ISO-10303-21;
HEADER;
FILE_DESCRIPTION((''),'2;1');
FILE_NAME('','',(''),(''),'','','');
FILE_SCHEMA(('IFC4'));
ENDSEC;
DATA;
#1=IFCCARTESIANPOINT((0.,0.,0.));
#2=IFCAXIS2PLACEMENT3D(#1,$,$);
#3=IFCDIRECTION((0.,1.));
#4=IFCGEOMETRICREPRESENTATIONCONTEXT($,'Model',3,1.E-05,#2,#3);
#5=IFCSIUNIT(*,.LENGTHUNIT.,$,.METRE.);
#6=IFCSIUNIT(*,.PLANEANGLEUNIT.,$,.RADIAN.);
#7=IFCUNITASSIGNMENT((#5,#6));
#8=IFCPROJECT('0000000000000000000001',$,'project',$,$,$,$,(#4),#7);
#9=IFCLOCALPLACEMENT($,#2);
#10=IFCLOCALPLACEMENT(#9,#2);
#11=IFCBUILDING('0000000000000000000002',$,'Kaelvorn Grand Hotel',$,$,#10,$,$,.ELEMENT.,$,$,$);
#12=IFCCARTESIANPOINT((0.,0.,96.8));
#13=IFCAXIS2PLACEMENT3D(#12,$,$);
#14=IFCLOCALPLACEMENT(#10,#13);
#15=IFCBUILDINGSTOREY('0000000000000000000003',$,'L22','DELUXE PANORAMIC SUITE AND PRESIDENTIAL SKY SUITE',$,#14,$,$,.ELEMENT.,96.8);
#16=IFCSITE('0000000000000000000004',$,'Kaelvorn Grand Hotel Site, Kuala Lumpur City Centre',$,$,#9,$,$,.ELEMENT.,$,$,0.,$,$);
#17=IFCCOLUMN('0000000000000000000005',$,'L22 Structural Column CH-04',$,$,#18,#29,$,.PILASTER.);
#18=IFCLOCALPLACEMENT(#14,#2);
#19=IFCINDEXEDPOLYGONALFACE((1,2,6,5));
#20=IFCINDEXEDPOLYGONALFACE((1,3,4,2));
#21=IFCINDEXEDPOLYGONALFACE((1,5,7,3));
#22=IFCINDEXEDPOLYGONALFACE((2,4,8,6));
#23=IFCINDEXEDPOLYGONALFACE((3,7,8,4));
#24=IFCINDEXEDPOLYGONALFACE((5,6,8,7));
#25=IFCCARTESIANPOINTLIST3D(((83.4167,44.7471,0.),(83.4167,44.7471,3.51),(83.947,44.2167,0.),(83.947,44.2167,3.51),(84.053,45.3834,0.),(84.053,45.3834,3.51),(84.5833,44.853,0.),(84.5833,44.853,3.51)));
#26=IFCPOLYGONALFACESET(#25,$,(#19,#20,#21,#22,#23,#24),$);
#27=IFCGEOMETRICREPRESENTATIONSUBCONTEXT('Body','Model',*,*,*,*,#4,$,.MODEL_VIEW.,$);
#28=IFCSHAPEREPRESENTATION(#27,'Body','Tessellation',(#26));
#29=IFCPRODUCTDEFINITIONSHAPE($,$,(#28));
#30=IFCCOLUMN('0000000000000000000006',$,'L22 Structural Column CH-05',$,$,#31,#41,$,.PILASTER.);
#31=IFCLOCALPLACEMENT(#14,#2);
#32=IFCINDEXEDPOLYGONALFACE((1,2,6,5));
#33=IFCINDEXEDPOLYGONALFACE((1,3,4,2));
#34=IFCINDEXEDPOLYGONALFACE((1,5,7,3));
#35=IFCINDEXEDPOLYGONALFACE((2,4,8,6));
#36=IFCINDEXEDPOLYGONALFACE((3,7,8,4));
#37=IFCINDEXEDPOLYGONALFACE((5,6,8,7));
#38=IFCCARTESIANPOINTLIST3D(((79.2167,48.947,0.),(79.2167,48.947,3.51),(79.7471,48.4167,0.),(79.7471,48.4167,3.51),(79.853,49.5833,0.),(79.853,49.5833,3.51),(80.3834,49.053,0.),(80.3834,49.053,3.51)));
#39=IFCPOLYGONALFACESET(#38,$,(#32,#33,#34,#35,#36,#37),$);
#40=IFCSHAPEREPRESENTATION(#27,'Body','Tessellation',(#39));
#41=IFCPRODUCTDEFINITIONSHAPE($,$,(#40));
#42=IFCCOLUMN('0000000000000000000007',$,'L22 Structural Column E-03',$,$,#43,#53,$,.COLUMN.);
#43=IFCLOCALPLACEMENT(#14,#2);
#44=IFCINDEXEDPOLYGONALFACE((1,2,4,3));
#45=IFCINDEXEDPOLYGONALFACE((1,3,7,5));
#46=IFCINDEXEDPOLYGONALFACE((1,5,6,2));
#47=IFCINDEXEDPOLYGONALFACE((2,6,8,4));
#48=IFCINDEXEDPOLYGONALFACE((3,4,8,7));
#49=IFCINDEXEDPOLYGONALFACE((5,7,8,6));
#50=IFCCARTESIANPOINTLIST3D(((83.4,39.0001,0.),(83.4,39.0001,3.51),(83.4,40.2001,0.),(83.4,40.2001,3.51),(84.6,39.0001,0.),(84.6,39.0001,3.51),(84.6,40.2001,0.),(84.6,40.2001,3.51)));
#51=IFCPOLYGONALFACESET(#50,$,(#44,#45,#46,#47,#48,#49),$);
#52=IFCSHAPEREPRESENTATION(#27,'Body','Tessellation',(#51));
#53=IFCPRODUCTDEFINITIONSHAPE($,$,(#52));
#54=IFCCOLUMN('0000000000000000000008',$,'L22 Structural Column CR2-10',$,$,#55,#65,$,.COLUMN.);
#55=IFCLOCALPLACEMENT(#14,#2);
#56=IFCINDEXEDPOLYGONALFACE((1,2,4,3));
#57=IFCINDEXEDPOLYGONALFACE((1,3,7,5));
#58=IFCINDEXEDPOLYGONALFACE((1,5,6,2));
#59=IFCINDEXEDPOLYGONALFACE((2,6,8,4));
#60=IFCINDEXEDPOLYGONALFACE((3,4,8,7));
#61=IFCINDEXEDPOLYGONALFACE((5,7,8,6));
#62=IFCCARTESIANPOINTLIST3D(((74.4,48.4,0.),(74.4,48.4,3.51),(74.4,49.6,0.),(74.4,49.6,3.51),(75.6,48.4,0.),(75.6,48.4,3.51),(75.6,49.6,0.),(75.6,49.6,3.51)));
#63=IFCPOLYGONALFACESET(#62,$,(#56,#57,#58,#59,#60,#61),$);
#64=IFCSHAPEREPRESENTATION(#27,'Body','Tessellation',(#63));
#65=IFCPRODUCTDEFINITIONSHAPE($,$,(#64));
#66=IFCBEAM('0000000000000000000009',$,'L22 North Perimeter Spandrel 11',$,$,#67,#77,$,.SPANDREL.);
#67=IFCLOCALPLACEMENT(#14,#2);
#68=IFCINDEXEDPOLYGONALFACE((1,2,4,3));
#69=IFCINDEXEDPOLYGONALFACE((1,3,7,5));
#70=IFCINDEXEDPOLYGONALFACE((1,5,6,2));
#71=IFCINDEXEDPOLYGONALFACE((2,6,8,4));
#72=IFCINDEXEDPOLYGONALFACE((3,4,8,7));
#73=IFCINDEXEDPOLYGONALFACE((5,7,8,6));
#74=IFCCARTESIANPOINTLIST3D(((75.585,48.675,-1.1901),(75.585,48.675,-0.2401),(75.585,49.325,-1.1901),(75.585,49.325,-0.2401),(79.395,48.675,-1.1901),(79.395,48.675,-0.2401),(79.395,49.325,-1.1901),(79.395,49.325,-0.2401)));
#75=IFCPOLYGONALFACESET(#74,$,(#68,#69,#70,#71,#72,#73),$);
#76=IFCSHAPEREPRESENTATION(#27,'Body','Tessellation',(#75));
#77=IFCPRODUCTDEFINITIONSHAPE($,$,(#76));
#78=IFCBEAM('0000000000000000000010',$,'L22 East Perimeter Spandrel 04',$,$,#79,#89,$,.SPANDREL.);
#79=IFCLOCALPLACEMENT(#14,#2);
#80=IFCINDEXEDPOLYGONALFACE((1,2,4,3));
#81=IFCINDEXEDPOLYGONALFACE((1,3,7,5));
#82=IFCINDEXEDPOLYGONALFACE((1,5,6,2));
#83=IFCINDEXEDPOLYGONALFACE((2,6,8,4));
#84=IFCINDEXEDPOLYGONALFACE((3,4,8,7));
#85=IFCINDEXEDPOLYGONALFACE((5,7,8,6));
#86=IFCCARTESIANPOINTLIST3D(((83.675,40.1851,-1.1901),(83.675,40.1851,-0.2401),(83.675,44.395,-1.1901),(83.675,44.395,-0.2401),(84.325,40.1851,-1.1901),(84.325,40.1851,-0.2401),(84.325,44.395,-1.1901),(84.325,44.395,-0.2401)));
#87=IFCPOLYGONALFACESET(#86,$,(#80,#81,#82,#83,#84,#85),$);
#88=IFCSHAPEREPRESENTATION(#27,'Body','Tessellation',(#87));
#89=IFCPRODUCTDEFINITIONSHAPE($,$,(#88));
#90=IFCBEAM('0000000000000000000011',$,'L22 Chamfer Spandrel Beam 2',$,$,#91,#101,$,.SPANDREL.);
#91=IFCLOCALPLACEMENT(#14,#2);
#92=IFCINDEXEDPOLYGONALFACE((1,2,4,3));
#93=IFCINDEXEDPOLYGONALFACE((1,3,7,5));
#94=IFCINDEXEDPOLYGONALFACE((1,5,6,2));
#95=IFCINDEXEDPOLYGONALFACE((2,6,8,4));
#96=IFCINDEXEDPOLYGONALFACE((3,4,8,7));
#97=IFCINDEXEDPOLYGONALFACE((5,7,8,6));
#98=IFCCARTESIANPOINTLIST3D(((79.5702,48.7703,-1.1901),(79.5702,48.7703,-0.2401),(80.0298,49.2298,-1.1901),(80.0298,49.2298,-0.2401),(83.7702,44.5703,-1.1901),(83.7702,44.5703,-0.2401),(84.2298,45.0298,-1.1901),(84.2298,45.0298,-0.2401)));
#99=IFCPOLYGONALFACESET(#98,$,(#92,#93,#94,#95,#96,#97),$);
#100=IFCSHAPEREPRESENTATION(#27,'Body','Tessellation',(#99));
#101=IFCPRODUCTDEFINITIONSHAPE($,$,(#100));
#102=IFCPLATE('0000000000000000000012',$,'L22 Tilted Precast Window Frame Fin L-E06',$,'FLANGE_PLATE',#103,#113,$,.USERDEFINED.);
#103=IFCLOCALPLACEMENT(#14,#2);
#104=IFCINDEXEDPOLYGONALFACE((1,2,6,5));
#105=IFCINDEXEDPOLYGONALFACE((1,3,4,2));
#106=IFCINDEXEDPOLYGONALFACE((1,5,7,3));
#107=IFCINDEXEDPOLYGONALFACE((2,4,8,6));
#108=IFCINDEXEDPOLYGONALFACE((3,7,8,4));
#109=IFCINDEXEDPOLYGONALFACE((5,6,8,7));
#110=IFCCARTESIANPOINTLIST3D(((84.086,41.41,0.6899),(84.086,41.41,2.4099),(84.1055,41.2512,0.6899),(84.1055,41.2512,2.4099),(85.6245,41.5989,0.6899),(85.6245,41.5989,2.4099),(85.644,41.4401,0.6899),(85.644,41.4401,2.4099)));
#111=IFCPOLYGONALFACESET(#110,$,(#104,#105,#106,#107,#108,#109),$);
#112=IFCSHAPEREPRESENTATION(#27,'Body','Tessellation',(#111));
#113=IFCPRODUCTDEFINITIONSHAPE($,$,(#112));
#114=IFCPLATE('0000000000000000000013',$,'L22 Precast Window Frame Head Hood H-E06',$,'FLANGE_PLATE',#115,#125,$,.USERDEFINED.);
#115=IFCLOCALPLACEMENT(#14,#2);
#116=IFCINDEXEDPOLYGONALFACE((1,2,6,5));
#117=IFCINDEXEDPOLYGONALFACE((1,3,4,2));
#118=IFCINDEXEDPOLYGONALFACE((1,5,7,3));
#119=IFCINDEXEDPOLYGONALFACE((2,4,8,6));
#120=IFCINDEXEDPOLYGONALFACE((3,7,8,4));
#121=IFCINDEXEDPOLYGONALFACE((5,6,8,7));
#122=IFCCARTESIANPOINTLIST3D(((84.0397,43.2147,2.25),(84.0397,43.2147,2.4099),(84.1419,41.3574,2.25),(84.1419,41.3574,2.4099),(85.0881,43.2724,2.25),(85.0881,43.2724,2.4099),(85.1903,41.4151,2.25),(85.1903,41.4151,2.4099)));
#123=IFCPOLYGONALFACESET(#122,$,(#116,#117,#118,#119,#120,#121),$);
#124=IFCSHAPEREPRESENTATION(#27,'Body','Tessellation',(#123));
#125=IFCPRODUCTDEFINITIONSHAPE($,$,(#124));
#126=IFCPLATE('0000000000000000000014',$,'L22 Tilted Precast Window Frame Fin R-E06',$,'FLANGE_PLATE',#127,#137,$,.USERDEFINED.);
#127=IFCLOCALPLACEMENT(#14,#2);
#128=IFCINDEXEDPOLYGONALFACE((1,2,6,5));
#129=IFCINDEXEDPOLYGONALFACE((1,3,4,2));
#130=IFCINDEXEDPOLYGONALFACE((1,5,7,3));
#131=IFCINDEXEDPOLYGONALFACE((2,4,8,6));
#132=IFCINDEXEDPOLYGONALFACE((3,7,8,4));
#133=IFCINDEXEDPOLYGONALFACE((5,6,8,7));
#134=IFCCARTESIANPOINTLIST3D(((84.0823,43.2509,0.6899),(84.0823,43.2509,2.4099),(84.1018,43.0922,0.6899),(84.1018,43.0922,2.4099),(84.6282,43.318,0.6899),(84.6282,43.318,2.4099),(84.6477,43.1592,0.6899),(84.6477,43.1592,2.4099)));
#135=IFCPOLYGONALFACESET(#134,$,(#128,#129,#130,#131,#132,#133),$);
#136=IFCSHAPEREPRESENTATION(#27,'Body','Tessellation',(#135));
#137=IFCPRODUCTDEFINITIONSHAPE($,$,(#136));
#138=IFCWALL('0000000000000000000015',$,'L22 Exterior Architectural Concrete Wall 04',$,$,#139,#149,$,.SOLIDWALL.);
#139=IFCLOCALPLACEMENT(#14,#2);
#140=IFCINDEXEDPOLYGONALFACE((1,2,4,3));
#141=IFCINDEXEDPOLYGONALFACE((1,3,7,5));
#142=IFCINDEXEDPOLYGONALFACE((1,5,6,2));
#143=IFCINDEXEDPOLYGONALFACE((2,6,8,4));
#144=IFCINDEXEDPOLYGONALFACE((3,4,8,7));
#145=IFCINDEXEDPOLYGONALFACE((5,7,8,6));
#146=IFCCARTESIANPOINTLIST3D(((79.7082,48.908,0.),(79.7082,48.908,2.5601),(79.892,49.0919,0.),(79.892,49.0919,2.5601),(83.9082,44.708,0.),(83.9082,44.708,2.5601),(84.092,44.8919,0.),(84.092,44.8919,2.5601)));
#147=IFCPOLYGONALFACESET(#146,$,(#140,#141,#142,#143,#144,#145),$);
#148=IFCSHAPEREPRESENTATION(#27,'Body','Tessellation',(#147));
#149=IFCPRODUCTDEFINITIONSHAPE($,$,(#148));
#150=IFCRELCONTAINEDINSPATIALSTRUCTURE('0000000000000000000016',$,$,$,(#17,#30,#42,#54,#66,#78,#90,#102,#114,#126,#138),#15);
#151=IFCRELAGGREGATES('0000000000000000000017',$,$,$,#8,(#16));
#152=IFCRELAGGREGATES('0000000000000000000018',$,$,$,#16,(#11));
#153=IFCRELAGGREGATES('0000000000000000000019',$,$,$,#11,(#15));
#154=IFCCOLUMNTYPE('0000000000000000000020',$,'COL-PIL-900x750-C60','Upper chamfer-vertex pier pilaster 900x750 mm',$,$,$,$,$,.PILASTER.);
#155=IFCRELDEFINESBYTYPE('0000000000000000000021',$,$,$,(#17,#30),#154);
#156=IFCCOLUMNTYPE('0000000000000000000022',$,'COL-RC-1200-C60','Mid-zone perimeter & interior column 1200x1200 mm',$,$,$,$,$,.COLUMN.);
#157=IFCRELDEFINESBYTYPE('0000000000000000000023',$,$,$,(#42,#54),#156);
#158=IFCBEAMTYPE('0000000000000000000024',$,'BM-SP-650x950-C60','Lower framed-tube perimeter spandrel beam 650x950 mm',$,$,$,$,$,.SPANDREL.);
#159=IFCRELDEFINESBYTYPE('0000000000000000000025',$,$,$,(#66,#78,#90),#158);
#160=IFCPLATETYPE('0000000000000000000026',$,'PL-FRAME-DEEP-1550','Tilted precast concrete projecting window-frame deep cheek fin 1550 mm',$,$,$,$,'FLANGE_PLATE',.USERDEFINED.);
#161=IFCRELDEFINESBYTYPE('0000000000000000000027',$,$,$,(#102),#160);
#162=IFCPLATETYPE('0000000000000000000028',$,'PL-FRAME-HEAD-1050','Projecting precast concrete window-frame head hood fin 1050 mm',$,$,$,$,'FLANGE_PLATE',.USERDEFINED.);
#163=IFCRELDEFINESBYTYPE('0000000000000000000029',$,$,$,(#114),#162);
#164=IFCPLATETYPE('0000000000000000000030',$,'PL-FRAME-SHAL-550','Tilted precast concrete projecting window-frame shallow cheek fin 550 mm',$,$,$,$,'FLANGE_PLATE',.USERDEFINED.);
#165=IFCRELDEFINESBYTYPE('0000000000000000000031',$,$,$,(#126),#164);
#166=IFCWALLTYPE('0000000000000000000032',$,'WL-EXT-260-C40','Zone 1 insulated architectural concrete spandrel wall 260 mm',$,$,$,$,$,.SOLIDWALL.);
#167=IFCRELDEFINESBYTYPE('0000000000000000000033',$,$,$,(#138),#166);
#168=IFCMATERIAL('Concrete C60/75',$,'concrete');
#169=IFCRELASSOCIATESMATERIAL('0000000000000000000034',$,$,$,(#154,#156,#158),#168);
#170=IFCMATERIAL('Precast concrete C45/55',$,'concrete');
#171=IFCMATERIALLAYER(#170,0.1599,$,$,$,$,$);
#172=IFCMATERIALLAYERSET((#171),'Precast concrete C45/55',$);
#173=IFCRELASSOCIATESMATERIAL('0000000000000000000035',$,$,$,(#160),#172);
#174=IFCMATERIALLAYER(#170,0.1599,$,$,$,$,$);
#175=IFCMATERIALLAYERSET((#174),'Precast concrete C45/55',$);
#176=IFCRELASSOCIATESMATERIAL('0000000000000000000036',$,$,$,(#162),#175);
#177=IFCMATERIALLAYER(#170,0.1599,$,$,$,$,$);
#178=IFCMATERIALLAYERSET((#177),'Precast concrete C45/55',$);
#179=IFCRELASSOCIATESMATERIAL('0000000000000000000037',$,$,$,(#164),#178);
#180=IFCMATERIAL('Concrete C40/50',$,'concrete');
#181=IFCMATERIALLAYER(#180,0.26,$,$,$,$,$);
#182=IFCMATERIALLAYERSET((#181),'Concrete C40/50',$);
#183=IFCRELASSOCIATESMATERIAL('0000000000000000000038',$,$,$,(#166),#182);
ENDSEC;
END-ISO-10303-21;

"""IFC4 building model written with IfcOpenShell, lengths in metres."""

from ifc_helpers import new_model, si_unit, direction, frame, frame_2d, origin, origin_2d, place, context, subcontext, project, spatial, rectangle, extrude, material, layer, layer_set, material_profile, profile_set, type_object, element, save


model = new_model("IFC4")

# Units and contexts
model_context = context("Model", 3, precision=1e-05, world=origin(), true_north=direction((0.0, 1.0)))
body_context = subcontext(model_context, "Body", "Model", "MODEL_VIEW")
ifc_project = project(units=[si_unit("LENGTHUNIT", "METRE"), si_unit("PLANEANGLEUNIT", "RADIAN")], contexts=[model_context])

# Site, building, storey
site_placement = place(None, origin())
site = spatial("IfcSite", under=ifc_project, at=site_placement, Name="Kaelvorn Grand Hotel Site, Kuala Lumpur City Centre", CompositionType="ELEMENT", RefElevation=0.0)
building_placement = place(site_placement, origin())
building = spatial("IfcBuilding", under=site, at=building_placement, Name="Kaelvorn Grand Hotel", CompositionType="ELEMENT")
storey_placement = place(building_placement, frame((0.0, 0.0, 96.8)))
storey = spatial("IfcBuildingStorey", under=building, at=storey_placement, Name="L22", Description="DELUXE PANORAMIC SUITE AND PRESIDENTIAL SKY SUITE", CompositionType="ELEMENT", Elevation=96.8)

# Columns
ifc_material_1 = material(Name="Concrete C60/75", Category="concrete")
ifc_material_profile_1 = material_profile(ifc_material_1, rectangle(XDim=0.8999, YDim=0.75, at=origin_2d()), Name="RC PILASTER 900x750")
ifc_profile_set_1 = profile_set([ifc_material_profile_1], Name="Concrete C60/75")
column_type_1 = type_object("IfcColumnType", Name="COL-PIL-900x750-C60", Description="Upper chamfer-vertex pier pilaster 900x750 mm", PredefinedType="PILASTER", material=ifc_profile_set_1)
for number, where, z_axis, x_axis, name in (
    (1, (84.0, 44.8, 0.0), (0.0, 0.0, 1.0), (0.707107, 0.707107, 0.0), "L22 Structural Column CH-04"),
    (2, (79.8, 49.0, 0.0), (0.0, 0.0, 1.0), (0.707107, 0.707107, 0.0), "L22 Structural Column CH-05"),
):
    element("IfcColumn", number, at=place(storey_placement, frame(where, z_axis=z_axis, x_axis=x_axis)), inside=storey, type_object=column_type_1, Name=name, PredefinedType="PILASTER", context=body_context, shape_type="SweptSolid", body=[
        extrude(rectangle(XDim=0.8999, YDim=0.75, at=origin_2d()), origin(), (0.0, 0.0, 1.0), 3.51),
    ])
ifc_material_profile_2 = material_profile(ifc_material_1, rectangle(XDim=1.2, YDim=1.2, at=origin_2d()), Name="RC COL 1200x1200")
ifc_profile_set_2 = profile_set([ifc_material_profile_2], Name="Concrete C60/75")
column_type_2 = type_object("IfcColumnType", Name="COL-RC-1200-C60", Description="Mid-zone perimeter & interior column 1200x1200 mm", PredefinedType="COLUMN", material=ifc_profile_set_2)
for number, where, z_axis, x_axis, name in (
    (3, (84.0, 39.6001, 0.0), (0.0, 0.0, 1.0), (1.0, 0.0, 0.0), "L22 Structural Column E-03"),
    (4, (75.0, 49.0, 0.0), (0.0, 0.0, 1.0), (1.0, 0.0, 0.0), "L22 Structural Column CR2-10"),
):
    element("IfcColumn", number, at=place(storey_placement, frame(where, z_axis=z_axis, x_axis=x_axis)), inside=storey, type_object=column_type_2, Name=name, PredefinedType="COLUMN", context=body_context, shape_type="SweptSolid", body=[
        extrude(rectangle(XDim=1.2, YDim=1.2, at=origin_2d()), origin(), (0.0, 0.0, 1.0), 3.51),
    ])

# Beams
ifc_material_profile_3 = material_profile(ifc_material_1, rectangle(XDim=0.6499, YDim=0.95, at=origin_2d()), Name="RC SPANDREL 650x950")
ifc_profile_set_3 = profile_set([ifc_material_profile_3], Name="Concrete C60/75")
beam_type = type_object("IfcBeamType", Name="BM-SP-650x950-C60", Description="Lower framed-tube perimeter spandrel beam 650x950 mm", PredefinedType="SPANDREL", material=ifc_profile_set_3)
beam_1_placement = place(storey_placement, frame((75.585, 49.0, -0.7151), z_axis=(1.0, 0.0, 0.0), x_axis=(0.0, 1.0, 0.0)))
element("IfcBeam", 5, at=beam_1_placement, inside=storey, type_object=beam_type, Name="L22 North Perimeter Spandrel 11", PredefinedType="SPANDREL", context=body_context, shape_type="SweptSolid", body=[
    extrude(rectangle(XDim=0.6499, YDim=0.95, at=origin_2d()), origin(), (0.0, 0.0, 1.0), 3.8101),
])
beam_2_placement = place(storey_placement, frame((84.0, 40.1851, -0.7151), z_axis=(0.0, 1.0, 0.0), x_axis=(-1.0, 0.0, 0.0)))
element("IfcBeam", 6, at=beam_2_placement, inside=storey, type_object=beam_type, Name="L22 East Perimeter Spandrel 04", PredefinedType="SPANDREL", context=body_context, shape_type="SweptSolid", body=[
    extrude(rectangle(XDim=0.6499, YDim=0.95, at=origin_2d()), origin(), (0.0, 0.0, 1.0), 4.21),
])
beam_3_placement = place(storey_placement, frame((84.0, 44.8, -0.7151), z_axis=(-0.707107, 0.707107, 0.0), x_axis=(-0.707107, -0.707107, 0.0)))
element("IfcBeam", 7, at=beam_3_placement, inside=storey, type_object=beam_type, Name="L22 Chamfer Spandrel Beam 2", PredefinedType="SPANDREL", context=body_context, shape_type="SweptSolid", body=[
    extrude(rectangle(XDim=0.6499, YDim=0.95, at=origin_2d()), origin(), (0.0, 0.0, 1.0), 5.9397),
])

# Plates
ifc_material_2 = material(Name="Precast concrete C45/55", Category="concrete")
ifc_layer_1 = layer(ifc_material_2, 0.1599)
ifc_layer_set_1 = layer_set([ifc_layer_1], Name="Precast concrete C45/55")
plate_type_1 = type_object("IfcPlateType", Name="PL-FRAME-DEEP-1550", Description="Tilted precast concrete projecting window-frame deep cheek fin 1550 mm", ElementType="FLANGE_PLATE", PredefinedType="USERDEFINED", material=ifc_layer_set_1)
plate_1_placement = place(storey_placement, frame((84.865, 41.425, 0.6899), z_axis=(0.0, 0.0, 1.0), x_axis=(-0.121869, 0.992546, 0.0)))
element("IfcPlate", 8, at=plate_1_placement, inside=storey, type_object=plate_type_1, Name="L22 Tilted Precast Window Frame Fin L-E06", ObjectType="FLANGE_PLATE", PredefinedType="USERDEFINED", context=body_context, shape_type="SweptSolid", body=[
    extrude(rectangle(XDim=0.1599, YDim=1.55, at=origin_2d()), origin(), (0.0, 0.0, 1.0), 1.72),
])
ifc_layer_2 = layer(ifc_material_2, 0.1599)
ifc_layer_set_2 = layer_set([ifc_layer_2], Name="Precast concrete C45/55")
plate_type_2 = type_object("IfcPlateType", Name="PL-FRAME-HEAD-1050", Description="Projecting precast concrete window-frame head hood fin 1050 mm", ElementType="FLANGE_PLATE", PredefinedType="USERDEFINED", material=ifc_layer_set_2)
plate_2_placement = place(storey_placement, frame((84.615, 42.3149, 2.25), z_axis=(0.0, 0.0, 1.0), x_axis=(-0.05495, 0.998489, 0.0)))
element("IfcPlate", 9, at=plate_2_placement, inside=storey, type_object=plate_type_2, Name="L22 Precast Window Frame Head Hood H-E06", ObjectType="FLANGE_PLATE", PredefinedType="USERDEFINED", context=body_context, shape_type="SweptSolid", body=[
    extrude(rectangle(XDim=1.8601, YDim=1.05, at=origin_2d()), origin(), (0.0, 0.0, 1.0), 0.1599),
])
ifc_layer_3 = layer(ifc_material_2, 0.1599)
ifc_layer_set_3 = layer_set([ifc_layer_3], Name="Precast concrete C45/55")
plate_type_3 = type_object("IfcPlateType", Name="PL-FRAME-SHAL-550", Description="Tilted precast concrete projecting window-frame shallow cheek fin 550 mm", ElementType="FLANGE_PLATE", PredefinedType="USERDEFINED", material=ifc_layer_set_3)
plate_3_placement = place(storey_placement, frame((84.365, 43.2051, 0.6899), z_axis=(0.0, 0.0, 1.0), x_axis=(-0.121869, 0.992546, 0.0)))
element("IfcPlate", 10, at=plate_3_placement, inside=storey, type_object=plate_type_3, Name="L22 Tilted Precast Window Frame Fin R-E06", ObjectType="FLANGE_PLATE", PredefinedType="USERDEFINED", context=body_context, shape_type="SweptSolid", body=[
    extrude(rectangle(XDim=0.1599, YDim=0.55, at=origin_2d()), origin(), (0.0, 0.0, 1.0), 1.72),
])

# Wall
ifc_material_3 = material(Name="Concrete C40/50", Category="concrete")
ifc_layer_4 = layer(ifc_material_3, 0.26)
ifc_layer_set_4 = layer_set([ifc_layer_4], Name="Concrete C40/50")
wall_type = type_object("IfcWallType", Name="WL-EXT-260-C40", Description="Zone 1 insulated architectural concrete spandrel wall 260 mm", PredefinedType="SOLIDWALL", material=ifc_layer_set_4)
wall_1_placement = place(storey_placement, frame((84.0, 44.8, 0.0), z_axis=(0.0, 0.0, 1.0), x_axis=(-0.707107, 0.707107, 0.0)))
element("IfcWall", 11, at=wall_1_placement, inside=storey, type_object=wall_type, Name="L22 Exterior Architectural Concrete Wall 04", PredefinedType="SOLIDWALL", context=body_context, shape_type="SweptSolid", body=[
    extrude(rectangle(XDim=5.9397, YDim=0.26, at=frame_2d((2.9697, 0.0))), origin(), (0.0, 0.0, 1.0), 2.5601),
])

save(model, "model.ifc")
